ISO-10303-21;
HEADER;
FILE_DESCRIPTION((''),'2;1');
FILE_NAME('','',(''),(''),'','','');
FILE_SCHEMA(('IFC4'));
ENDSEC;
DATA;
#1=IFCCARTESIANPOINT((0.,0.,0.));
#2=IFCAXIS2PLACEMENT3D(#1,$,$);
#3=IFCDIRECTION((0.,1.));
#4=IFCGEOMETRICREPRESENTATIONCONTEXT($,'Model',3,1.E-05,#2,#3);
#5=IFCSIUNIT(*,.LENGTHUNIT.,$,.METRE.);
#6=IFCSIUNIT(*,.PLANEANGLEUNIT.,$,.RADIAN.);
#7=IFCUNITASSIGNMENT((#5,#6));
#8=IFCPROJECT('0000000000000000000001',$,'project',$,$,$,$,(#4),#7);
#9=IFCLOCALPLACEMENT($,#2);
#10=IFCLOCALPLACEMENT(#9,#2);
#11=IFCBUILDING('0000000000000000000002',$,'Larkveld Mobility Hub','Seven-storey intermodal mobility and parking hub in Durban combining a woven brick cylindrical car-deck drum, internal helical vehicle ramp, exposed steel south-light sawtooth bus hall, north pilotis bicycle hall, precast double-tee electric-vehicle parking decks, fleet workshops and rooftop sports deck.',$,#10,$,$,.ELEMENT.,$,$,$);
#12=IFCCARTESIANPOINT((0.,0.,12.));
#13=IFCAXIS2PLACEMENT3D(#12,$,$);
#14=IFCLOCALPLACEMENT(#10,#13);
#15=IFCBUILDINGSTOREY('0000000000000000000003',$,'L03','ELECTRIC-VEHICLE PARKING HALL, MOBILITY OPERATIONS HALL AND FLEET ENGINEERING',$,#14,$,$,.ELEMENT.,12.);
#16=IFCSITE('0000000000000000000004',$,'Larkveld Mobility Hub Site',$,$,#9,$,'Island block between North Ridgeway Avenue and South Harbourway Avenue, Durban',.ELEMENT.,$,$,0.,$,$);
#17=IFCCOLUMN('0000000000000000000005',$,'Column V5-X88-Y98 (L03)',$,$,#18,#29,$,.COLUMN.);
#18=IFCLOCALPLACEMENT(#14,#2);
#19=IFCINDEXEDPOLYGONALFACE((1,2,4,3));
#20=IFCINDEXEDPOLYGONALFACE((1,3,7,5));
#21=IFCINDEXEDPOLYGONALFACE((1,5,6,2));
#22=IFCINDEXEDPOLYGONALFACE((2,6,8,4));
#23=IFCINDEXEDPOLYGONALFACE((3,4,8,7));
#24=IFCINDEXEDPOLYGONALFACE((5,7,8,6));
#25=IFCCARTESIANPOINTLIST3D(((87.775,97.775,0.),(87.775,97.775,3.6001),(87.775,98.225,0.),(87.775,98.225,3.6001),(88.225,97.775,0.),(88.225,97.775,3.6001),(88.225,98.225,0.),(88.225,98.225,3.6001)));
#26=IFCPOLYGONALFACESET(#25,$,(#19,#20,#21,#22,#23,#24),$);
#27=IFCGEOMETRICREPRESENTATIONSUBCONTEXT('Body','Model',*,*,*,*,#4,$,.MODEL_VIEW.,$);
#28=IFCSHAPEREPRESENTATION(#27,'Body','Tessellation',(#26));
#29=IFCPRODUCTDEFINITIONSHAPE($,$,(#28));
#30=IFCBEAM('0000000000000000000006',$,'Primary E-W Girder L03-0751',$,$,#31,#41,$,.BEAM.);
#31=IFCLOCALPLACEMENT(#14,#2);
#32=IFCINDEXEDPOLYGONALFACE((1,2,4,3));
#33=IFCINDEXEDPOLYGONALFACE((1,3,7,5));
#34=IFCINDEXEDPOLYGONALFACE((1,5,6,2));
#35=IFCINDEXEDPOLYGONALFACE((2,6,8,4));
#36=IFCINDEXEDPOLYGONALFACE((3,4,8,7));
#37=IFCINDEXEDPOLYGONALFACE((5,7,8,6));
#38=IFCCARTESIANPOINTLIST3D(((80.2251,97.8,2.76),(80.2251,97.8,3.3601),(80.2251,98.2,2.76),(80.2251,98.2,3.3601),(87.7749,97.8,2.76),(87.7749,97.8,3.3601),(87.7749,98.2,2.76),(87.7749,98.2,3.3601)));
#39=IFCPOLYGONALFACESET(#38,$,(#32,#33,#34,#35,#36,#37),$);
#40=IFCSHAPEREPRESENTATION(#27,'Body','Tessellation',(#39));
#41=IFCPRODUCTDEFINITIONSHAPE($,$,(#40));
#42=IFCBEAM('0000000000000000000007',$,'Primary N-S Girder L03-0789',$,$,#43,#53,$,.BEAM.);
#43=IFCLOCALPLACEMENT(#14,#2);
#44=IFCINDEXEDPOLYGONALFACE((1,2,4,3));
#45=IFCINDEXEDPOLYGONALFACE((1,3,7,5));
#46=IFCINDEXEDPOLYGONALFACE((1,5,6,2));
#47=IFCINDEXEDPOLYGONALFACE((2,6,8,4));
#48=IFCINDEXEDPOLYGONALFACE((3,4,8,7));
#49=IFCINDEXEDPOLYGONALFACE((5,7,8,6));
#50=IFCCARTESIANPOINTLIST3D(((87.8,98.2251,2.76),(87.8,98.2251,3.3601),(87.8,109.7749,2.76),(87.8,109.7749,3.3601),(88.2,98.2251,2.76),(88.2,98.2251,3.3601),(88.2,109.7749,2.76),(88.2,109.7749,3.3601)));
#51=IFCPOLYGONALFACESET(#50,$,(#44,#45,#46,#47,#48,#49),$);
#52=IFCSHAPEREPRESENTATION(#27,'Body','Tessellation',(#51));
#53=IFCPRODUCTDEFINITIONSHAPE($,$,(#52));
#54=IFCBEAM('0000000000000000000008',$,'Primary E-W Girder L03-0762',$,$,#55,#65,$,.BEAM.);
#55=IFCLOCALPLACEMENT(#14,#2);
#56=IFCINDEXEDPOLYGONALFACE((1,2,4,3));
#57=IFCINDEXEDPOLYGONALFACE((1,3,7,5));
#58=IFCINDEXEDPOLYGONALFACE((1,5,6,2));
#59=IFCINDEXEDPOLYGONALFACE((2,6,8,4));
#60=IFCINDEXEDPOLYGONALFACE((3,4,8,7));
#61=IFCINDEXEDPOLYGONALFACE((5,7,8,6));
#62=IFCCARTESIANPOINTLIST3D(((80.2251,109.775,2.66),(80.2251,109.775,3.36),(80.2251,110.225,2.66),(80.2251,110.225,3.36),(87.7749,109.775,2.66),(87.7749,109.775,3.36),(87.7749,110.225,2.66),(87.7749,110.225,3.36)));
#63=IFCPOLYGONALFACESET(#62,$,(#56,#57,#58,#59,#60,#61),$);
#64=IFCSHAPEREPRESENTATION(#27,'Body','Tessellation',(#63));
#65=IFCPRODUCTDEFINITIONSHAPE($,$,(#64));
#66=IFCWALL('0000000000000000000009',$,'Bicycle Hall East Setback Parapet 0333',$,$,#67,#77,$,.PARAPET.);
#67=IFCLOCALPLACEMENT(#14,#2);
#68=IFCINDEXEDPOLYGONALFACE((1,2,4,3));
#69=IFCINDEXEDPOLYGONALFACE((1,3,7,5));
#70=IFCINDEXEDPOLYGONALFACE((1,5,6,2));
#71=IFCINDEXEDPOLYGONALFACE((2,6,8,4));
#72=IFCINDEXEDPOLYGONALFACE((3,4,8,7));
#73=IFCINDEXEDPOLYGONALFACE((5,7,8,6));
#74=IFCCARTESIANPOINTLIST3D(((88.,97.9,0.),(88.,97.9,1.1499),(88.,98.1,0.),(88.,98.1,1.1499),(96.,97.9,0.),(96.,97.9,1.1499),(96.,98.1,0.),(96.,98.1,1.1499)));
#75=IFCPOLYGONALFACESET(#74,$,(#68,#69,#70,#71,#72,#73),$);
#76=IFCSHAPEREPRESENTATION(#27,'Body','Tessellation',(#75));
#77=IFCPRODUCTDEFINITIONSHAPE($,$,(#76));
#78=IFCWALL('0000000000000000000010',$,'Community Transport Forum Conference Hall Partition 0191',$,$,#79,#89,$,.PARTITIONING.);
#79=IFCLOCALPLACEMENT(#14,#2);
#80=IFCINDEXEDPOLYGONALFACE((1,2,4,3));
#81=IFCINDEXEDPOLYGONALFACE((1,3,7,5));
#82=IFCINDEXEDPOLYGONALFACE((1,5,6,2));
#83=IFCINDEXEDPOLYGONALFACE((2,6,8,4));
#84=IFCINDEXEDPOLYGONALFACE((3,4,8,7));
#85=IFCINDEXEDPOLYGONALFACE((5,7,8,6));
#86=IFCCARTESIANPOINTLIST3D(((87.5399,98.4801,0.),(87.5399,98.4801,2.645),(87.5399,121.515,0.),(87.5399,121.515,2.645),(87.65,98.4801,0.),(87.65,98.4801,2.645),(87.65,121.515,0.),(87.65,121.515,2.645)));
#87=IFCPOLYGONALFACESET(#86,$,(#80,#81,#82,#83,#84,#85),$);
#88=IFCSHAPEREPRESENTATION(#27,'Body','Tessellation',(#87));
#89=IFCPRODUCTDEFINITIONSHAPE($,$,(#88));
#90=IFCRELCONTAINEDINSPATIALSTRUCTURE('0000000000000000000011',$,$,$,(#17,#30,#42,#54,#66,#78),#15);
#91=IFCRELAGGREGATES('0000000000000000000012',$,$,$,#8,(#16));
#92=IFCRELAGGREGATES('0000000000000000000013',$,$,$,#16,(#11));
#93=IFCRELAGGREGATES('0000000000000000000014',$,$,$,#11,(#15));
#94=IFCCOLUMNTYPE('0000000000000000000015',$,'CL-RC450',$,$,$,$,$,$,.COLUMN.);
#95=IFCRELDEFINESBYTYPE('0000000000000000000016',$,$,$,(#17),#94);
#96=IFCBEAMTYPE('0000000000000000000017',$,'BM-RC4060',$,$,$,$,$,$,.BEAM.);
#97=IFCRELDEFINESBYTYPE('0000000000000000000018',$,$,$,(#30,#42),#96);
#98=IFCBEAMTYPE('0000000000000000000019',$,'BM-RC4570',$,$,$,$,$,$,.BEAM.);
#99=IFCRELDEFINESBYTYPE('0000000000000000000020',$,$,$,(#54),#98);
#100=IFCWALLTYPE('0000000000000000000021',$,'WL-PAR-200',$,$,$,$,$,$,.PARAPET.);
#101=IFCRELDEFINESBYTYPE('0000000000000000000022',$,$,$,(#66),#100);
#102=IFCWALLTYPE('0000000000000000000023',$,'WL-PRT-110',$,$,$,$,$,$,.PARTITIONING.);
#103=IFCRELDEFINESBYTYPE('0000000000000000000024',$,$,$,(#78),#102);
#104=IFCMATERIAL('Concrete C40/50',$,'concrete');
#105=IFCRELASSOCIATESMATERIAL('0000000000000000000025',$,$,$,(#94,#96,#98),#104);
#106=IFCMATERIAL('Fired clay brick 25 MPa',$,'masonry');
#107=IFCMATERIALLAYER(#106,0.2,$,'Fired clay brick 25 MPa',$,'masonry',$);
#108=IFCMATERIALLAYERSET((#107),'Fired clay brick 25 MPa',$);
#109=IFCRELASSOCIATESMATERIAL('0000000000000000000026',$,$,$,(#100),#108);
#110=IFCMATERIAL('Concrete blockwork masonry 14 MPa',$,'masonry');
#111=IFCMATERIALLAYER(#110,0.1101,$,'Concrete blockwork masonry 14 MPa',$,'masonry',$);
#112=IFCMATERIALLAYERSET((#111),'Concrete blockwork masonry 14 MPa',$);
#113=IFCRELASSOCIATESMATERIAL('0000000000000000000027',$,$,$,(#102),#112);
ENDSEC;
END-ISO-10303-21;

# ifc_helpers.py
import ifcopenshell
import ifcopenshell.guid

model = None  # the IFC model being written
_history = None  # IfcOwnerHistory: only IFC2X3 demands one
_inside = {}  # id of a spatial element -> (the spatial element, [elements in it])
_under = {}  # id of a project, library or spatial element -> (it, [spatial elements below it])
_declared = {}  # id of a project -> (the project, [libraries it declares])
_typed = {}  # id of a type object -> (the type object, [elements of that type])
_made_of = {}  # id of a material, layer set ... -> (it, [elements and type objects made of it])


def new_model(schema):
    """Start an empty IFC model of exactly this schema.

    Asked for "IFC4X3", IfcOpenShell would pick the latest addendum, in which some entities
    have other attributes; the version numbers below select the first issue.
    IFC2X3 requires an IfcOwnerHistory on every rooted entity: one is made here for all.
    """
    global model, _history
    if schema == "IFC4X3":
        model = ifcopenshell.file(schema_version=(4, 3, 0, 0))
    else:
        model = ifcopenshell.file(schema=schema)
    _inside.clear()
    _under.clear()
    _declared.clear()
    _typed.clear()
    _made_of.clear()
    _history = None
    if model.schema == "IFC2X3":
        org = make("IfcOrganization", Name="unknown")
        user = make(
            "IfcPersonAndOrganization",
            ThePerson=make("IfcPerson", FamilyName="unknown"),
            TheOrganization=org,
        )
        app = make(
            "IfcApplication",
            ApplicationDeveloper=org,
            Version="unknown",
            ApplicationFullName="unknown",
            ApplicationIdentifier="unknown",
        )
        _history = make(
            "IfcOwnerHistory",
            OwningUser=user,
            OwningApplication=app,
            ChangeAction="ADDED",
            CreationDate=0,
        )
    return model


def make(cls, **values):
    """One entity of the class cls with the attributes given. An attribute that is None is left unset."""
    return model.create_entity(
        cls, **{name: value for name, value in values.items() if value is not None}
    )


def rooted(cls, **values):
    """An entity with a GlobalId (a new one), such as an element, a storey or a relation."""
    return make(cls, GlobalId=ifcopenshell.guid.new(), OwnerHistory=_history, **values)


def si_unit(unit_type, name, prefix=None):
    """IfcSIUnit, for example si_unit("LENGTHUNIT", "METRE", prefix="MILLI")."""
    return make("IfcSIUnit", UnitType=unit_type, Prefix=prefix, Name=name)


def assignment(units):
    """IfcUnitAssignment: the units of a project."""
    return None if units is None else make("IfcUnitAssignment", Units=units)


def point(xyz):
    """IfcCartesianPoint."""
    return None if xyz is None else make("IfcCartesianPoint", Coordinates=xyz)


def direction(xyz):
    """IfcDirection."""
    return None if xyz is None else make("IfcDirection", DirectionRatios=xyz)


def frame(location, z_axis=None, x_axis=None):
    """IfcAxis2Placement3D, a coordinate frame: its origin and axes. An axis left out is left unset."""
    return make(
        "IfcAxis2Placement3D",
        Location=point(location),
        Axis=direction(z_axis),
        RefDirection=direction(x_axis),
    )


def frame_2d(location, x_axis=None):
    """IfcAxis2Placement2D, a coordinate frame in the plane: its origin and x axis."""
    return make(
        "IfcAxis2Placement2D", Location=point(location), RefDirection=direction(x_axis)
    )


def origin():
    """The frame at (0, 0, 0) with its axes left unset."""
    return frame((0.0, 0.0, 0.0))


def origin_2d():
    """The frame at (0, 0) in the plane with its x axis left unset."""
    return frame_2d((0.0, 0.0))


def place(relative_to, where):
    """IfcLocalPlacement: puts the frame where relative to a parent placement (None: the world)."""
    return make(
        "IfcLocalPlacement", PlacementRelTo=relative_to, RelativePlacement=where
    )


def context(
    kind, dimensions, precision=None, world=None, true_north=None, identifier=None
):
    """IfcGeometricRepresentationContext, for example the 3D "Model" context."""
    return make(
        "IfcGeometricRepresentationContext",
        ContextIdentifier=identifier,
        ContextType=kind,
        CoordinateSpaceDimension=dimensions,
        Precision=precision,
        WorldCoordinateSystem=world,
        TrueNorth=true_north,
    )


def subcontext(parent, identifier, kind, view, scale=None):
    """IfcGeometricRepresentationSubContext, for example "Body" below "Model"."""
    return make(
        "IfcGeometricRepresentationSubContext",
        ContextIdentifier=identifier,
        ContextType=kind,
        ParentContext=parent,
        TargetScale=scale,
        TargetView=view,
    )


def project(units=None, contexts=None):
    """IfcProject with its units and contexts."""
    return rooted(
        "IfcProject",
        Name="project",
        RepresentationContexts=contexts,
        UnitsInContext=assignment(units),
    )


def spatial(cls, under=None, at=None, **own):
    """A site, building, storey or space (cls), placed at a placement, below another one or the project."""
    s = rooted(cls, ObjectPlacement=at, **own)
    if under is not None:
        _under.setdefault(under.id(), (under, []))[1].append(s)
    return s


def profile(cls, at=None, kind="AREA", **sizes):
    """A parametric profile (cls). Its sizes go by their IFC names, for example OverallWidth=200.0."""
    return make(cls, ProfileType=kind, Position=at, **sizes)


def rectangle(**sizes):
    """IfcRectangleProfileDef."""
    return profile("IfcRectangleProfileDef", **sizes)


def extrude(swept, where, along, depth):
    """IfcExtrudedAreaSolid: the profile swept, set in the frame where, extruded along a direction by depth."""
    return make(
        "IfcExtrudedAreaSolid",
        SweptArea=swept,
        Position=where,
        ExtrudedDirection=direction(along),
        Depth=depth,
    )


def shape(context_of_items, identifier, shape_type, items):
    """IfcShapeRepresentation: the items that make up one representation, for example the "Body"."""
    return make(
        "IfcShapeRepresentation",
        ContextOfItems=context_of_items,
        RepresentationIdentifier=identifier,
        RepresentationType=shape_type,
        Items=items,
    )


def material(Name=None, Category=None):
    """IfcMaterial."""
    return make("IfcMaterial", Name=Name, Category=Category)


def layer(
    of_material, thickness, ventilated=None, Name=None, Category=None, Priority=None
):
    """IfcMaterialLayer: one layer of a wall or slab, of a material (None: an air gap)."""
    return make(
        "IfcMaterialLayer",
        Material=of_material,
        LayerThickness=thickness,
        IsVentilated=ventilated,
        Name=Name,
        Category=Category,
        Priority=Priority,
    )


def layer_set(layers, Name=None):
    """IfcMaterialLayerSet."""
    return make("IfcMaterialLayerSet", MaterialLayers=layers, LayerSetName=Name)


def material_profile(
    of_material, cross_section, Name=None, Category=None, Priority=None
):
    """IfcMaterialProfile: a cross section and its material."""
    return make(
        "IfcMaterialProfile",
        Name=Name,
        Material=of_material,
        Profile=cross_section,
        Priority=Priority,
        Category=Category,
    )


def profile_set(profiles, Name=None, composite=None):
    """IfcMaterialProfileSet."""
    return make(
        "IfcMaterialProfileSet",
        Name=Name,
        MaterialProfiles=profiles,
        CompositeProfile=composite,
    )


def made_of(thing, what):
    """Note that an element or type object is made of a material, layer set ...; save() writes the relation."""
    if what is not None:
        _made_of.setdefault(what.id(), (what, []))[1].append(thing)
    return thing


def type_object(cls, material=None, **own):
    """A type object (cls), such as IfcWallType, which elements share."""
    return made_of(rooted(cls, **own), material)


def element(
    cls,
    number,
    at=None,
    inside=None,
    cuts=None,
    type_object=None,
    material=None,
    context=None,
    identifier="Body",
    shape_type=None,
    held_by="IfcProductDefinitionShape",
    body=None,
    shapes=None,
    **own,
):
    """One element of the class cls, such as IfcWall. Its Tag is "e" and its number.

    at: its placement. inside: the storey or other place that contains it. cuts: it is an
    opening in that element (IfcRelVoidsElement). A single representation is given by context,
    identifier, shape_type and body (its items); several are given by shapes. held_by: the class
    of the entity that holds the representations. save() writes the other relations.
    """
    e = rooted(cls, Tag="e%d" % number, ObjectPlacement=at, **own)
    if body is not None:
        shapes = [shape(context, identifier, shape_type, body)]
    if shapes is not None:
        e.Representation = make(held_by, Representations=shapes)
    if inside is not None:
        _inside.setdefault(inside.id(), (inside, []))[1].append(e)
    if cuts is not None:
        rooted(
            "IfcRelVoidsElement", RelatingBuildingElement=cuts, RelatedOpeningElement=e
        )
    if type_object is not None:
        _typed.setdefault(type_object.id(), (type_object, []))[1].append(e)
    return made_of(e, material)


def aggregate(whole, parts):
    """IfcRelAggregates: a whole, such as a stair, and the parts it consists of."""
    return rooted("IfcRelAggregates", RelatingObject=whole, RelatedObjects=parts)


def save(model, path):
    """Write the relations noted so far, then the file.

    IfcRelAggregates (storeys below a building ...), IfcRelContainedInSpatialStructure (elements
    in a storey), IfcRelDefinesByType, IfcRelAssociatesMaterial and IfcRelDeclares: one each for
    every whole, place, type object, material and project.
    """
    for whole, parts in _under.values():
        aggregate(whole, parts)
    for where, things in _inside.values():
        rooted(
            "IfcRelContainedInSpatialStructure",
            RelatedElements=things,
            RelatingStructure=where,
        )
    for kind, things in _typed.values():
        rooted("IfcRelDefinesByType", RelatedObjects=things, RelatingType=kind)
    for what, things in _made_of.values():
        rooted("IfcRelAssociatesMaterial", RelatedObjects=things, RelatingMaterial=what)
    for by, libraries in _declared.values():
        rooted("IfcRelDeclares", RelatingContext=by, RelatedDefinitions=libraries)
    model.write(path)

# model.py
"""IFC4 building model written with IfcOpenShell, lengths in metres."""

from ifc_helpers import new_model, si_unit, direction, frame, frame_2d, origin, origin_2d, place, context, subcontext, project, spatial, rectangle, extrude, material, layer, layer_set, material_profile, profile_set, type_object, element, save


model = new_model("IFC4")

# Units and contexts
model_context = context("Model", 3, precision=1e-05, world=origin(), true_north=direction((0.0, 1.0)))
body_context = subcontext(model_context, "Body", "Model", "MODEL_VIEW")
ifc_project = project(units=[si_unit("LENGTHUNIT", "METRE"), si_unit("PLANEANGLEUNIT", "RADIAN")], contexts=[model_context])

# Site, building, storey
site_placement = place(None, origin())
site = spatial("IfcSite", under=ifc_project, at=site_placement, Name="Larkveld Mobility Hub Site", LongName="Island block between North Ridgeway Avenue and South Harbourway Avenue, Durban", CompositionType="ELEMENT", RefElevation=0.0)
building_placement = place(site_placement, origin())
building = spatial("IfcBuilding", under=site, at=building_placement, Name="Larkveld Mobility Hub", Description="Seven-storey intermodal mobility and parking hub in Durban combining a woven brick cylindrical car-deck drum, internal helical vehicle ramp, exposed steel south-light sawtooth bus hall, north pilotis bicycle hall, precast double-tee electric-vehicle parking decks, fleet workshops and rooftop sports deck.", CompositionType="ELEMENT")
storey_placement = place(building_placement, frame((0.0, 0.0, 12.0)))
storey = spatial("IfcBuildingStorey", under=building, at=storey_placement, Name="L03", Description="ELECTRIC-VEHICLE PARKING HALL, MOBILITY OPERATIONS HALL AND FLEET ENGINEERING", CompositionType="ELEMENT", Elevation=12.0)

# Column
ifc_material_1 = material(Name="Concrete C40/50", Category="concrete")
ifc_material_profile_1 = material_profile(ifc_material_1, rectangle(XDim=0.45, YDim=0.45, at=origin_2d()), Name="RC COL 450x450")
ifc_profile_set_1 = profile_set([ifc_material_profile_1], Name="Concrete C40/50")
column_type = type_object("IfcColumnType", Name="CL-RC450", PredefinedType="COLUMN", material=ifc_profile_set_1)
column_placement = place(storey_placement, frame((88.0, 98.0, 0.0), z_axis=(0.0, 0.0, 1.0), x_axis=(1.0, 0.0, 0.0)))
element("IfcColumn", 1, at=column_placement, inside=storey, type_object=column_type, Name="Column V5-X88-Y98 (L03)", PredefinedType="COLUMN", context=body_context, shape_type="SweptSolid", body=[
    extrude(rectangle(XDim=0.45, YDim=0.45, at=origin_2d()), origin(), (0.0, 0.0, 1.0), 3.6001),
])

# Beams
ifc_material_profile_2 = material_profile(ifc_material_1, rectangle(XDim=0.3999, YDim=0.6001, at=origin_2d()), Name="RC BM 400x600")
ifc_profile_set_2 = profile_set([ifc_material_profile_2], Name="Concrete C40/50")
beam_type_1 = type_object("IfcBeamType", Name="BM-RC4060", PredefinedType="BEAM", material=ifc_profile_set_2)
beam_1_placement = place(storey_placement, frame((80.2251, 98.0, 3.0601), z_axis=(1.0, 0.0, 0.0), x_axis=(0.0, 1.0, 0.0)))
element("IfcBeam", 2, at=beam_1_placement, inside=storey, type_object=beam_type_1, Name="Primary E-W Girder L03-0751", PredefinedType="BEAM", context=body_context, shape_type="SweptSolid", body=[
    extrude(rectangle(XDim=0.3999, YDim=0.6001, at=origin_2d()), origin(), (0.0, 0.0, 1.0), 7.5498),
])
beam_2_placement = place(storey_placement, frame((88.0, 98.2251, 3.0601), z_axis=(0.0, 1.0, 0.0), x_axis=(-1.0, 0.0, 0.0)))
element("IfcBeam", 3, at=beam_2_placement, inside=storey, type_object=beam_type_1, Name="Primary N-S Girder L03-0789", PredefinedType="BEAM", context=body_context, shape_type="SweptSolid", body=[
    extrude(rectangle(XDim=0.3999, YDim=0.6001, at=origin_2d()), origin(), (0.0, 0.0, 1.0), 11.5498),
])
ifc_material_profile_3 = material_profile(ifc_material_1, rectangle(XDim=0.45, YDim=0.7, at=origin_2d()), Name="RC BM 450x700")
ifc_profile_set_3 = profile_set([ifc_material_profile_3], Name="Concrete C40/50")
beam_type_2 = type_object("IfcBeamType", Name="BM-RC4570", PredefinedType="BEAM", material=ifc_profile_set_3)
beam_3_placement = place(storey_placement, frame((80.2251, 110.0, 3.01), z_axis=(1.0, 0.0, 0.0), x_axis=(0.0, 1.0, 0.0)))
element("IfcBeam", 4, at=beam_3_placement, inside=storey, type_object=beam_type_2, Name="Primary E-W Girder L03-0762", PredefinedType="BEAM", context=body_context, shape_type="SweptSolid", body=[
    extrude(rectangle(XDim=0.45, YDim=0.7, at=origin_2d()), origin(), (0.0, 0.0, 1.0), 7.5498),
])

# Shared definitions
ifc_material_2 = material(Name="Fired clay brick 25 MPa", Category="masonry")

# Walls
ifc_layer_1 = layer(ifc_material_2, 0.2, Name="Fired clay brick 25 MPa", Category="masonry")
ifc_layer_set_1 = layer_set([ifc_layer_1], Name="Fired clay brick 25 MPa")
wall_type_1 = type_object("IfcWallType", Name="WL-PAR-200", PredefinedType="PARAPET", material=ifc_layer_set_1)
wall_1_placement = place(storey_placement, frame((88.0, 98.0, 0.0), z_axis=(0.0, 0.0, 1.0), x_axis=(1.0, 0.0, 0.0)))
element("IfcWall", 5, at=wall_1_placement, inside=storey, type_object=wall_type_1, Name="Bicycle Hall East Setback Parapet 0333", PredefinedType="PARAPET", context=body_context, shape_type="SweptSolid", body=[
    extrude(rectangle(XDim=8.0, YDim=0.2, at=frame_2d((4.0, 0.0))), origin(), (0.0, 0.0, 1.0), 1.1499),
])
ifc_material_3 = material(Name="Concrete blockwork masonry 14 MPa", Category="masonry")
ifc_layer_2 = layer(ifc_material_3, 0.1101, Name="Concrete blockwork masonry 14 MPa", Category="masonry")
ifc_layer_set_2 = layer_set([ifc_layer_2], Name="Concrete blockwork masonry 14 MPa")
wall_type_2 = type_object("IfcWallType", Name="WL-PRT-110", PredefinedType="PARTITIONING", material=ifc_layer_set_2)
wall_2_placement = place(storey_placement, frame((87.595, 98.48, 0.0), z_axis=(0.0, 0.0, 1.0), x_axis=(0.0, 1.0, 0.0)))
element("IfcWall", 6, at=wall_2_placement, inside=storey, type_object=wall_type_2, Name="Community Transport Forum Conference Hall Partition 0191", PredefinedType="PARTITIONING", context=body_context, shape_type="SweptSolid", body=[
    extrude(rectangle(XDim=23.0349, YDim=0.1101, at=frame_2d((11.5176, 0.0))), origin(), (0.0, 0.0, 1.0), 2.645),
])

save(model, "model.ifc")
